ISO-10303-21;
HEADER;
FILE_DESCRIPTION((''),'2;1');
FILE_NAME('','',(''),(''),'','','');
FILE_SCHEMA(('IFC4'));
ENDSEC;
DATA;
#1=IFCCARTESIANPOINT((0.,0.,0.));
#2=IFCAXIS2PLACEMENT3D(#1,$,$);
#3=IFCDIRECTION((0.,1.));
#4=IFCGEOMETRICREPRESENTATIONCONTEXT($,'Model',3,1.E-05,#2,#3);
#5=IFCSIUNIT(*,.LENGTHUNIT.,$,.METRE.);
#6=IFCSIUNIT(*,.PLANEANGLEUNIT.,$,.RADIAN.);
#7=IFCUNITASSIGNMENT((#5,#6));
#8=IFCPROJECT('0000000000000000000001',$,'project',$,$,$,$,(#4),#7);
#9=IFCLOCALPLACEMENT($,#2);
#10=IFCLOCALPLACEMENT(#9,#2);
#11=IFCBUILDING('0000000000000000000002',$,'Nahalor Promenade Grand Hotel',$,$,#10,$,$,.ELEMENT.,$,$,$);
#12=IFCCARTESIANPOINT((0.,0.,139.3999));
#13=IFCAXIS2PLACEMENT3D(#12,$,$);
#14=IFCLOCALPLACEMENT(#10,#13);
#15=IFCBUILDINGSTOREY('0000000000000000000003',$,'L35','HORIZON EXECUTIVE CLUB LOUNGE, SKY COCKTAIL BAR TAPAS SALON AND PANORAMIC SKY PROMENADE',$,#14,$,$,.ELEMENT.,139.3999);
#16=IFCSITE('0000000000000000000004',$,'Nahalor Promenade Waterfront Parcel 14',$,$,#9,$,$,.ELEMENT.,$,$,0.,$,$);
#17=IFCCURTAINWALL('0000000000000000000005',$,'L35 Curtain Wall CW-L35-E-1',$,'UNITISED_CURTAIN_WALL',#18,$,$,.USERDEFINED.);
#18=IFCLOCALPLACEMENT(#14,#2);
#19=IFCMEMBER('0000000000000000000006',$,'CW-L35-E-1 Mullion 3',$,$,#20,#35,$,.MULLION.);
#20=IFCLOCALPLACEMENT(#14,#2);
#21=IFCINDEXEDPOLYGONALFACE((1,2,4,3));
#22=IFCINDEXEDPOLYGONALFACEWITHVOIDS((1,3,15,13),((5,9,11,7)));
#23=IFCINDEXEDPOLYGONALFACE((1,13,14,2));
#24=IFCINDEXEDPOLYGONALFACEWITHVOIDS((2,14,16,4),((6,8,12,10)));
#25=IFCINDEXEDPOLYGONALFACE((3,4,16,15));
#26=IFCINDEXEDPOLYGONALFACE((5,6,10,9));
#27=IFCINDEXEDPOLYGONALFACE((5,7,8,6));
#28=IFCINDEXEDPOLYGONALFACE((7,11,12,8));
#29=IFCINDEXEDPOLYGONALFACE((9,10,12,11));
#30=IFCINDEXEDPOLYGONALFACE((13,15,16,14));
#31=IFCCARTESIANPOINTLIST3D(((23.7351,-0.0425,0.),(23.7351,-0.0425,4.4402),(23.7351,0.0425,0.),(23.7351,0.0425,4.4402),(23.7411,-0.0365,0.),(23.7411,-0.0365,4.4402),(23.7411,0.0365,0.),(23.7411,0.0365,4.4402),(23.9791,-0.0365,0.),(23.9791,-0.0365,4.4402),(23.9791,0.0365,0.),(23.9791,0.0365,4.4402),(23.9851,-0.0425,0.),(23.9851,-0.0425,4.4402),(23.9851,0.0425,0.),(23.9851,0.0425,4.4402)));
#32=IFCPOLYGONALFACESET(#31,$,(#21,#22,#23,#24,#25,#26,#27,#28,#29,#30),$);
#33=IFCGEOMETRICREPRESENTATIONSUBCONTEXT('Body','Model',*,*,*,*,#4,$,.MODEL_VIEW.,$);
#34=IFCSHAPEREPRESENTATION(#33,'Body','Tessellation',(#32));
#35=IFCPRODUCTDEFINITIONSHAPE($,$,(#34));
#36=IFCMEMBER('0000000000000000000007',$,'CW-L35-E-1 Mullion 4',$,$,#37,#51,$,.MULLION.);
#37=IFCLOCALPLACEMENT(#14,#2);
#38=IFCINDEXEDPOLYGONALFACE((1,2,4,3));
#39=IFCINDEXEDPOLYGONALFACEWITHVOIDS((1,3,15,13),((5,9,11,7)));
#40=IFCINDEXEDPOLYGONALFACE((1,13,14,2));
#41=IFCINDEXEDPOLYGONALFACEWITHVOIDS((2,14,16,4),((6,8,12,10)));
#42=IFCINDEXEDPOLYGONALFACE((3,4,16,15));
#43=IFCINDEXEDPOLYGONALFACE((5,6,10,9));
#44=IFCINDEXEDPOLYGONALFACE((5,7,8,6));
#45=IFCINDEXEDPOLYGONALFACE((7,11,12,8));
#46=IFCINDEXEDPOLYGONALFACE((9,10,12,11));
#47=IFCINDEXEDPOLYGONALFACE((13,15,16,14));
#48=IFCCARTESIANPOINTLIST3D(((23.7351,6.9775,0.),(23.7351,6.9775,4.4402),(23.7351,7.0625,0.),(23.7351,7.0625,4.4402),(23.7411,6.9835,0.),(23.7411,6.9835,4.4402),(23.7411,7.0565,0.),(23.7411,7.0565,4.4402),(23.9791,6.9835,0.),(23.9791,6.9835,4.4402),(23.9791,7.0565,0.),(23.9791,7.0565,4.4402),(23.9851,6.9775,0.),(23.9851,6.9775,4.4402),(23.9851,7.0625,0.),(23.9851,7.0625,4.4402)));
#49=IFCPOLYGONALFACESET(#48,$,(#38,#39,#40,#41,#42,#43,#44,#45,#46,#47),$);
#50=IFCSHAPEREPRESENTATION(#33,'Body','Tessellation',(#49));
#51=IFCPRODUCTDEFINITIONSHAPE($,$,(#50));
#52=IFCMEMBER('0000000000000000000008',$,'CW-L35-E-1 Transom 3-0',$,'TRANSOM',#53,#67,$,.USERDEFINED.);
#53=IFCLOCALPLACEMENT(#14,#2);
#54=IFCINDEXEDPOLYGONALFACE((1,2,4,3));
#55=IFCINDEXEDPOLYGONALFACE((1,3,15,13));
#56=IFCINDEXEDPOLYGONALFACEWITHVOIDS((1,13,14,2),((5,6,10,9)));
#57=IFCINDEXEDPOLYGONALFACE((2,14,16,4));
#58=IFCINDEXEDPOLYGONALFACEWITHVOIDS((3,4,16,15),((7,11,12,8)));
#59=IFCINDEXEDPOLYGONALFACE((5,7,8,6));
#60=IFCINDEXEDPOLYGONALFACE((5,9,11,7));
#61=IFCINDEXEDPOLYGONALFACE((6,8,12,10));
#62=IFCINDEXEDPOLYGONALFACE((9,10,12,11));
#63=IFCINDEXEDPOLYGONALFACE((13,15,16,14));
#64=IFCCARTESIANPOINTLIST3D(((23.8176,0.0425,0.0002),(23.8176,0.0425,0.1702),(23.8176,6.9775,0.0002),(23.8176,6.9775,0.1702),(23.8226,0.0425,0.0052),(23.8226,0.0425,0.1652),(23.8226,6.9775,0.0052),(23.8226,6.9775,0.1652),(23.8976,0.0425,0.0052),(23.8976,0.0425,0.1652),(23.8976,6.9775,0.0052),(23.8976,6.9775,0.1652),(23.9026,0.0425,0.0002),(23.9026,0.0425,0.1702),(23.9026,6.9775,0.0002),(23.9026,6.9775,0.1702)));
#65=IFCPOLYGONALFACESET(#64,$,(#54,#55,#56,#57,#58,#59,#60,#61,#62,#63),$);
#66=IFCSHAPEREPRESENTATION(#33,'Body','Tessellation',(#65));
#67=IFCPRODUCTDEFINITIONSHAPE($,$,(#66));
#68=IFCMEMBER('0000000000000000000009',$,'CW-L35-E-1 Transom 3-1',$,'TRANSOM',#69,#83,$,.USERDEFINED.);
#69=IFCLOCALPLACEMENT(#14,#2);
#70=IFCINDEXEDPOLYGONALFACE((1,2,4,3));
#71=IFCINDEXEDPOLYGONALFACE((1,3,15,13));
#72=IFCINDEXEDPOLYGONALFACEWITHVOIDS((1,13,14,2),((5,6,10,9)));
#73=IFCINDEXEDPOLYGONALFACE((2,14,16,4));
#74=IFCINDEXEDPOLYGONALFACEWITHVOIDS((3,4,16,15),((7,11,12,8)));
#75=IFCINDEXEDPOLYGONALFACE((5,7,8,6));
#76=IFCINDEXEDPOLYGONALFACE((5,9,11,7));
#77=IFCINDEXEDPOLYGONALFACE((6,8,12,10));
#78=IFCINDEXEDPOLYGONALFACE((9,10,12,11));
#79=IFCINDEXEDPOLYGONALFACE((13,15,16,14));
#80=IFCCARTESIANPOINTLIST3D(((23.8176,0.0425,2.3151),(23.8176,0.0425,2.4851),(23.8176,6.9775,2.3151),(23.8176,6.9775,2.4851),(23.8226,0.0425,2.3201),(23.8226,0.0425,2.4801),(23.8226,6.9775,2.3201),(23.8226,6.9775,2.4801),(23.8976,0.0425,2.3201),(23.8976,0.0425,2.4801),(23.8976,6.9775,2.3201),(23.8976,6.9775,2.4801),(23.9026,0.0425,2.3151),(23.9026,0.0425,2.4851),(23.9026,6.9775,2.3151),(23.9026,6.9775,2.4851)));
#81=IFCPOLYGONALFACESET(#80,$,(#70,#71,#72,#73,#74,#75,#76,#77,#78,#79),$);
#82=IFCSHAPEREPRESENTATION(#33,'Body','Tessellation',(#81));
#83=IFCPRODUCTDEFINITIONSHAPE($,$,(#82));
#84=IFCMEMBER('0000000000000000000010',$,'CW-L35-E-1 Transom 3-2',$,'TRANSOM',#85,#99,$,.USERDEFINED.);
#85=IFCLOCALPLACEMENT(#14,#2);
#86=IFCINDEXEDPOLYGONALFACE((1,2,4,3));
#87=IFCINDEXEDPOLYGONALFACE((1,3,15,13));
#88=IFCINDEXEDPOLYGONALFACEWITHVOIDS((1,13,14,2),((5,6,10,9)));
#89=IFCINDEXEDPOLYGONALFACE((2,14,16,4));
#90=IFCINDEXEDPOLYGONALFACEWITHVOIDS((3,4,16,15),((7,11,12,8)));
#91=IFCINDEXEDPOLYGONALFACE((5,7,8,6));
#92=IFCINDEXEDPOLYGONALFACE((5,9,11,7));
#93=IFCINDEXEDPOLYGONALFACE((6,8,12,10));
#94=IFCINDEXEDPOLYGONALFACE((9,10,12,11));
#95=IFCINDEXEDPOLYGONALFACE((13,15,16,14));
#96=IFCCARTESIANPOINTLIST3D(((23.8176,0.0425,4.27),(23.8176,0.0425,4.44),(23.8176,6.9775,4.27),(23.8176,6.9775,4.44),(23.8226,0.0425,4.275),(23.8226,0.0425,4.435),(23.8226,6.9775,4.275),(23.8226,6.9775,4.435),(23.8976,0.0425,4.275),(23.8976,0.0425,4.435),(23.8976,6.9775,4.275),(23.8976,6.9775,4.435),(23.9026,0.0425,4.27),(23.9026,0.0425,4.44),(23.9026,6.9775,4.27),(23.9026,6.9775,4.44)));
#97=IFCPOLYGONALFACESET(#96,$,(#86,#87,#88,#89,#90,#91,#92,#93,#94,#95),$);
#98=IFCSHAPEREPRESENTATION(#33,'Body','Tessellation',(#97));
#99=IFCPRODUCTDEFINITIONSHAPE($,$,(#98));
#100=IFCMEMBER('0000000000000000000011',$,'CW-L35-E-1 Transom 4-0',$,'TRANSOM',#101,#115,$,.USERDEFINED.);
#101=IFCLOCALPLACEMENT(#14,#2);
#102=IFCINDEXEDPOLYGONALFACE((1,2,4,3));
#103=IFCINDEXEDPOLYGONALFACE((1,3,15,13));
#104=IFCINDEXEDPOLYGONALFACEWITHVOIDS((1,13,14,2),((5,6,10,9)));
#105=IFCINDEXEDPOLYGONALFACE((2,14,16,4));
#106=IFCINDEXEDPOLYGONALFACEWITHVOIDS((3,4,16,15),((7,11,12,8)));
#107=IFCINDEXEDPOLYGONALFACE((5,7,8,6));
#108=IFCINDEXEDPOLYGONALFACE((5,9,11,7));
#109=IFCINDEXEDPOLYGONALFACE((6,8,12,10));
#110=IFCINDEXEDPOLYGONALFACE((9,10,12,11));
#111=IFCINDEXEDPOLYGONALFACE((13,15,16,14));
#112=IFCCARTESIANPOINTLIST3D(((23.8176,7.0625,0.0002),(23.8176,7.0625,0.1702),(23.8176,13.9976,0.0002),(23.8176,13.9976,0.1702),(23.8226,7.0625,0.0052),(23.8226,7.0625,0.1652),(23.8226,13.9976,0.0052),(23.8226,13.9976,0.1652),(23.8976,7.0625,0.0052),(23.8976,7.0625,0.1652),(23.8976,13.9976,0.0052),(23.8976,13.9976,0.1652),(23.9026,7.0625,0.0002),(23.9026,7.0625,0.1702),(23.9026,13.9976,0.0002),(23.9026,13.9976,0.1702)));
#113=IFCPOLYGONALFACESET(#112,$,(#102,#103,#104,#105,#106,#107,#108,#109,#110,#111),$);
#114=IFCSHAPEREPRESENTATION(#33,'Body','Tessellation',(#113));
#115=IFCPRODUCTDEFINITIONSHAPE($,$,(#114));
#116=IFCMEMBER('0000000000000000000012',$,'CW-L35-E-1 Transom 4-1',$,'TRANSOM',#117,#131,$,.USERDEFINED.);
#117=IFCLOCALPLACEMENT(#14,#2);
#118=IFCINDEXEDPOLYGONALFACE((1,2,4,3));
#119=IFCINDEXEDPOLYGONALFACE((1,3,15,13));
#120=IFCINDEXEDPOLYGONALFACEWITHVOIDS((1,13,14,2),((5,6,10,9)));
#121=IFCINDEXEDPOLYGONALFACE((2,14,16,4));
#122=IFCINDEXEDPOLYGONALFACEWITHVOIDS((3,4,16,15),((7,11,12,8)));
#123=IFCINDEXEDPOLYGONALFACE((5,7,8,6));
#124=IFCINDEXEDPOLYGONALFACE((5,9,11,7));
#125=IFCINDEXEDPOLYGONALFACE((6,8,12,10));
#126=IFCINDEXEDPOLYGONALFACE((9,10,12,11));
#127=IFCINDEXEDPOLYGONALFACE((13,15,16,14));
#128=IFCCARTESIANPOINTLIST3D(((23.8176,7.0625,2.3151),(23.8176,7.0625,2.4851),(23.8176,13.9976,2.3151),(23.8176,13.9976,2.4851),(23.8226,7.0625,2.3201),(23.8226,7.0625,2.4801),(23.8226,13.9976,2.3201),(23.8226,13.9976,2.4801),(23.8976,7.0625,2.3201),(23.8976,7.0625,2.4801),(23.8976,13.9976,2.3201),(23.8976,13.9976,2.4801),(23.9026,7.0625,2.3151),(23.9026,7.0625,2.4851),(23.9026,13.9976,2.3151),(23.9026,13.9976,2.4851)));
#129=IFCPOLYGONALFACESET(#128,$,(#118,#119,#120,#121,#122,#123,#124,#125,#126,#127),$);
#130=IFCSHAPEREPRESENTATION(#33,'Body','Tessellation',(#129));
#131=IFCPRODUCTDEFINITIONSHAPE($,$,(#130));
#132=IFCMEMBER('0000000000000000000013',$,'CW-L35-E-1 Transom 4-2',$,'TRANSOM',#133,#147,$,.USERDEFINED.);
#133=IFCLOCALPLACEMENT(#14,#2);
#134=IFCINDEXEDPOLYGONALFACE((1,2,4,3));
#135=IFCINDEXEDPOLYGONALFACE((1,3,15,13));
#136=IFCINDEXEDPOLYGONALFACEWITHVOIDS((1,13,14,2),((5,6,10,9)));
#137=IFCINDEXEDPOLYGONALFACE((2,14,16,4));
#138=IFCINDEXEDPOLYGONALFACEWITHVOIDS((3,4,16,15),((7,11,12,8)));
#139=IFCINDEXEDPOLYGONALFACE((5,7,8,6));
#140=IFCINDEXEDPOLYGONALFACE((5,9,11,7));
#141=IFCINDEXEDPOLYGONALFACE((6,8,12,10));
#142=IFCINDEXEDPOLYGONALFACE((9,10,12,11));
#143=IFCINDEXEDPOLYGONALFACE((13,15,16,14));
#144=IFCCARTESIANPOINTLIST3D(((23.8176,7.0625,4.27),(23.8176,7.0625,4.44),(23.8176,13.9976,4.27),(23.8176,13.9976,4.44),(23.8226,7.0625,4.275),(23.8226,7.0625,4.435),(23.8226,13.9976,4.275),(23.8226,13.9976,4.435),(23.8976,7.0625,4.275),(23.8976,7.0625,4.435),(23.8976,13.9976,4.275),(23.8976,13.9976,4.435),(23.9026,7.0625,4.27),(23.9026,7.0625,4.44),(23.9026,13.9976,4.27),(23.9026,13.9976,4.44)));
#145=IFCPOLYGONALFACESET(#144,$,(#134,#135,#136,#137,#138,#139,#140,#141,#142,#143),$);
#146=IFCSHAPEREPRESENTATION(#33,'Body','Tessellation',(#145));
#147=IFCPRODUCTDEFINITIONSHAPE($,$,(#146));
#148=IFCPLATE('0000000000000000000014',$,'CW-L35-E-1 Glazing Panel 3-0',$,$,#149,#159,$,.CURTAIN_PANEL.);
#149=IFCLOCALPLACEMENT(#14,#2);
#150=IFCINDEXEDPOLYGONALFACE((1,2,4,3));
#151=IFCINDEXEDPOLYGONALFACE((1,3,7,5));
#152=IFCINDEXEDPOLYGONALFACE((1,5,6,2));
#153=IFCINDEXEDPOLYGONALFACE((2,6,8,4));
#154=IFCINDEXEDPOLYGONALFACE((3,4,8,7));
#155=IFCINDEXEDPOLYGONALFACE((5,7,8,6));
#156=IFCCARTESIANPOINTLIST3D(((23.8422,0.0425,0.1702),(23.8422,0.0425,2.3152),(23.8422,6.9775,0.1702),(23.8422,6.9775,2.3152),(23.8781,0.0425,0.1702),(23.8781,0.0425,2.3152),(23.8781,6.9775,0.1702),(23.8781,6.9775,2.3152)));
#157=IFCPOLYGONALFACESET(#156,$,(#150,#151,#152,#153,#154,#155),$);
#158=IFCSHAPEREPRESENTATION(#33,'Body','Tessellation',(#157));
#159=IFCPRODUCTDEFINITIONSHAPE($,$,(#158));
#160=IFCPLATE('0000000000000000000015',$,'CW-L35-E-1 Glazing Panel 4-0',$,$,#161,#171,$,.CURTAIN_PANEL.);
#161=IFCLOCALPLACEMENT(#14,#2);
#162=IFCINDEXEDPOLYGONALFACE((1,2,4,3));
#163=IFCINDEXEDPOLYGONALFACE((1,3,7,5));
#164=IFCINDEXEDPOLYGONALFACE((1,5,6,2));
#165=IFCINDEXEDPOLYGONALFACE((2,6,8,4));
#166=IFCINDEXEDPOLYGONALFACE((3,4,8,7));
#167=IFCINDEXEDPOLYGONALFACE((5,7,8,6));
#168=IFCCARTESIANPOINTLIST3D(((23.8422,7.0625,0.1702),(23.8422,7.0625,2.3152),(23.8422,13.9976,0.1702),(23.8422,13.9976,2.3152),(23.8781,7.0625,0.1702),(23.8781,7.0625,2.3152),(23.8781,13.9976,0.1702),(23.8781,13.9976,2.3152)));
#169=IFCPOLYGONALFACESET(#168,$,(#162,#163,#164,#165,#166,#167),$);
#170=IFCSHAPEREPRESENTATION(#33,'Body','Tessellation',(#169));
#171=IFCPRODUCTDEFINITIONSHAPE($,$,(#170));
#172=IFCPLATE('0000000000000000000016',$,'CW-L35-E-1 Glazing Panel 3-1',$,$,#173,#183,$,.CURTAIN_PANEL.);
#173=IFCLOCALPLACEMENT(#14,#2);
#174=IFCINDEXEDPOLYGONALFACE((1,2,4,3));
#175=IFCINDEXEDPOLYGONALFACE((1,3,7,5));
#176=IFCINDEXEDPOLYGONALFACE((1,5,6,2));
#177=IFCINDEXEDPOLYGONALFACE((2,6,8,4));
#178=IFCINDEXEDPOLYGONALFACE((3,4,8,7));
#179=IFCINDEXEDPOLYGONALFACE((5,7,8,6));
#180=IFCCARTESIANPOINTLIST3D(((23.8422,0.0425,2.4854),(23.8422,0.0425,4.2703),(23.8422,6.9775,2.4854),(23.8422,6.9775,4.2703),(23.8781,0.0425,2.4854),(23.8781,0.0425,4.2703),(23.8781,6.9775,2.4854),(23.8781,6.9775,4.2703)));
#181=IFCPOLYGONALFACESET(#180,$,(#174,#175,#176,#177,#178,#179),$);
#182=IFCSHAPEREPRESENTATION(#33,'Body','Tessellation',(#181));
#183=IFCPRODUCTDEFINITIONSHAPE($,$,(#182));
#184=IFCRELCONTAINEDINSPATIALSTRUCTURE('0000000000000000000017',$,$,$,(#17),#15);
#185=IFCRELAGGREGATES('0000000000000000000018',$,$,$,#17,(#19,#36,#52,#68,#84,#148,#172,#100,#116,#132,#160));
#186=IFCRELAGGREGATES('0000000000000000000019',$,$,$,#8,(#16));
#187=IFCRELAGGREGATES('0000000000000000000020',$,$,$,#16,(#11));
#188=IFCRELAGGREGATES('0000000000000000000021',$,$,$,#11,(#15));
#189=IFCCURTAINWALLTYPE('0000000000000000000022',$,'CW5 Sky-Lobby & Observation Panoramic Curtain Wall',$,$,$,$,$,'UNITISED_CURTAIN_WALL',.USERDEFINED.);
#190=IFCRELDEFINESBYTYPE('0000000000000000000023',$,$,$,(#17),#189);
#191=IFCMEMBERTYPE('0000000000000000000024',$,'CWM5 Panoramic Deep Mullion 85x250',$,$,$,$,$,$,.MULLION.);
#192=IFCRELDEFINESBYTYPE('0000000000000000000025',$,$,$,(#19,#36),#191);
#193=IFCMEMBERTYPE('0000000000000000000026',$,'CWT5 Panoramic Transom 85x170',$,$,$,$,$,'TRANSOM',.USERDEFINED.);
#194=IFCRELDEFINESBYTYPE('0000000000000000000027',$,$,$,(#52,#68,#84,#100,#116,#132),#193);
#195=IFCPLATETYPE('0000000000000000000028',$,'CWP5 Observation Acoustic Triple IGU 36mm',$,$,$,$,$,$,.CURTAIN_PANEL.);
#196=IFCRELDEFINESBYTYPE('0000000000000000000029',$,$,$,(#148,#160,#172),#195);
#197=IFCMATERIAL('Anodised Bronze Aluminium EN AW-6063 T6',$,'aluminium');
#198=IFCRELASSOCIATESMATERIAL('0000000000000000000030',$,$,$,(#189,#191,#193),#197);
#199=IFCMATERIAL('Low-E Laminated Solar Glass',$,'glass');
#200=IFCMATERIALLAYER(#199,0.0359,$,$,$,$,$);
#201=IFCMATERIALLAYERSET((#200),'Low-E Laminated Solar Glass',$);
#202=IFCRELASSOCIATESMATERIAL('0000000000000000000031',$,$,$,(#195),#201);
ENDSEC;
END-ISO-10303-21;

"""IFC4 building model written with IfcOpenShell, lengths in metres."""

from ifc_helpers import new_model, si_unit, direction, frame, origin, origin_2d, place, context, subcontext, project, spatial, rectangle, hollow_rectangle, extrude, source, transform, mapped, material, layer, layer_set, material_profile, profile_set, type_object, element, aggregate, save


model = new_model("IFC4")

# Units and contexts
model_context = context("Model", 3, precision=1e-05, world=origin(), true_north=direction((0.0, 1.0)))
body_context = subcontext(model_context, "Body", "Model", "MODEL_VIEW")
ifc_project = project(units=[si_unit("LENGTHUNIT", "METRE"), si_unit("PLANEANGLEUNIT", "RADIAN")], contexts=[model_context])

# Site, building, storey
site_placement = place(None, origin())
site = spatial("IfcSite", under=ifc_project, at=site_placement, Name="Nahalor Promenade Waterfront Parcel 14", CompositionType="ELEMENT", RefElevation=0.0)
building_placement = place(site_placement, origin())
building = spatial("IfcBuilding", under=site, at=building_placement, Name="Nahalor Promenade Grand Hotel", CompositionType="ELEMENT")
storey_placement = place(building_placement, frame((0.0, 0.0, 139.3999)))
storey = spatial("IfcBuildingStorey", under=building, at=storey_placement, Name="L35", Description="HORIZON EXECUTIVE CLUB LOUNGE, SKY COCKTAIL BAR TAPAS SALON AND PANORAMIC SKY PROMENADE", CompositionType="ELEMENT", Elevation=139.3999)

# Curtain wall, members, plates
ifc_material_1 = material(Name="Anodised Bronze Aluminium EN AW-6063 T6", Category="aluminium")
curtain_wall_type = type_object("IfcCurtainWallType", Name="CW5 Sky-Lobby & Observation Panoramic Curtain Wall", ElementType="UNITISED_CURTAIN_WALL", PredefinedType="USERDEFINED", material=ifc_material_1)
curtain_wall_placement = place(storey_placement, origin())
curtain_wall = element("IfcCurtainWall", 1, at=curtain_wall_placement, inside=storey, type_object=curtain_wall_type, Name="L35 Curtain Wall CW-L35-E-1", ObjectType="UNITISED_CURTAIN_WALL", PredefinedType="USERDEFINED")
ifc_material_profile_1 = material_profile(ifc_material_1, hollow_rectangle(XDim=0.085, YDim=0.25, WallThickness=0.006, at=origin_2d()), Name="CWM 85x250x6")
ifc_profile_set_1 = profile_set([ifc_material_profile_1], Name="Anodised Bronze Aluminium EN AW-6063 T6")
member_type_1 = type_object("IfcMemberType", Name="CWM5 Panoramic Deep Mullion 85x250", PredefinedType="MULLION", material=ifc_profile_set_1)
shared_shape_1 = source(origin(), body_context, "Body", "SweptSolid", [
    extrude(hollow_rectangle(XDim=0.085, YDim=0.25, WallThickness=0.006, at=origin_2d()), origin(), (0.0, 0.0, 1.0), 4.4402),
])
member_1_placement = place(storey_placement, frame((23.8601, 0.0, 0.0), z_axis=(0.0, 0.0, 1.0), x_axis=(0.0, 1.0, 0.0)))
member_1 = element("IfcMember", 2, at=member_1_placement, type_object=member_type_1, Name="CW-L35-E-1 Mullion 3", PredefinedType="MULLION", context=body_context, shape_type="MappedRepresentation", body=[
    mapped(shared_shape_1, transform((0.0, 0.0, 0.0), scale=1.0)),
])
member_2_placement = place(storey_placement, frame((23.8601, 7.02, 0.0), z_axis=(0.0, 0.0, 1.0), x_axis=(0.0, 1.0, 0.0)))
member_2 = element("IfcMember", 3, at=member_2_placement, type_object=member_type_1, Name="CW-L35-E-1 Mullion 4", PredefinedType="MULLION", context=body_context, shape_type="MappedRepresentation", body=[
    mapped(shared_shape_1, transform((0.0, 0.0, 0.0), scale=1.0)),
])
ifc_material_profile_2 = material_profile(ifc_material_1, hollow_rectangle(XDim=0.085, YDim=0.17, WallThickness=0.005, at=origin_2d()), Name="CWT 85x170x5")
ifc_profile_set_2 = profile_set([ifc_material_profile_2], Name="Anodised Bronze Aluminium EN AW-6063 T6")
member_type_2 = type_object("IfcMemberType", Name="CWT5 Panoramic Transom 85x170", ElementType="TRANSOM", PredefinedType="USERDEFINED", material=ifc_profile_set_2)
shared_shape_2 = source(origin(), body_context, "Body", "SweptSolid", [
    extrude(hollow_rectangle(XDim=0.085, YDim=0.17, WallThickness=0.005, at=origin_2d()), origin(), (0.0, 0.0, 1.0), 6.9351),
])
member_3_placement = place(storey_placement, frame((23.8601, 0.0425, 0.0852), z_axis=(0.0, 1.0, 0.0), x_axis=(-1.0, 0.0, 0.0)))
member_3 = element("IfcMember", 4, at=member_3_placement, type_object=member_type_2, Name="CW-L35-E-1 Transom 3-0", ObjectType="TRANSOM", PredefinedType="USERDEFINED", context=body_context, shape_type="MappedRepresentation", body=[
    mapped(shared_shape_2, transform((0.0, 0.0, 0.0), scale=1.0)),
])
member_4_placement = place(storey_placement, frame((23.8601, 0.0425, 2.4001), z_axis=(0.0, 1.0, 0.0), x_axis=(-1.0, 0.0, 0.0)))
member_4 = element("IfcMember", 5, at=member_4_placement, type_object=member_type_2, Name="CW-L35-E-1 Transom 3-1", ObjectType="TRANSOM", PredefinedType="USERDEFINED", context=body_context, shape_type="MappedRepresentation", body=[
    mapped(shared_shape_2, transform((0.0, 0.0, 0.0), scale=1.0)),
])
member_5_placement = place(storey_placement, frame((23.8601, 0.0425, 4.355), z_axis=(0.0, 1.0, 0.0), x_axis=(-1.0, 0.0, 0.0)))
member_5 = element("IfcMember", 6, at=member_5_placement, type_object=member_type_2, Name="CW-L35-E-1 Transom 3-2", ObjectType="TRANSOM", PredefinedType="USERDEFINED", context=body_context, shape_type="MappedRepresentation", body=[
    mapped(shared_shape_2, transform((0.0, 0.0, 0.0), scale=1.0)),
])
member_6_placement = place(storey_placement, frame((23.8601, 7.0625, 0.0852), z_axis=(0.0, 1.0, 0.0), x_axis=(-1.0, 0.0, 0.0)))
member_6 = element("IfcMember", 7, at=member_6_placement, type_object=member_type_2, Name="CW-L35-E-1 Transom 4-0", ObjectType="TRANSOM", PredefinedType="USERDEFINED", context=body_context, shape_type="MappedRepresentation", body=[
    mapped(shared_shape_2, transform((0.0, 0.0, 0.0), scale=1.0)),
])
member_7_placement = place(storey_placement, frame((23.8601, 7.0625, 2.4001), z_axis=(0.0, 1.0, 0.0), x_axis=(-1.0, 0.0, 0.0)))
member_7 = element("IfcMember", 8, at=member_7_placement, type_object=member_type_2, Name="CW-L35-E-1 Transom 4-1", ObjectType="TRANSOM", PredefinedType="USERDEFINED", context=body_context, shape_type="MappedRepresentation", body=[
    mapped(shared_shape_2, transform((0.0, 0.0, 0.0), scale=1.0)),
])
member_8_placement = place(storey_placement, frame((23.8601, 7.0625, 4.355), z_axis=(0.0, 1.0, 0.0), x_axis=(-1.0, 0.0, 0.0)))
member_8 = element("IfcMember", 9, at=member_8_placement, type_object=member_type_2, Name="CW-L35-E-1 Transom 4-2", ObjectType="TRANSOM", PredefinedType="USERDEFINED", context=body_context, shape_type="MappedRepresentation", body=[
    mapped(shared_shape_2, transform((0.0, 0.0, 0.0), scale=1.0)),
])
ifc_material_2 = material(Name="Low-E Laminated Solar Glass", Category="glass")
ifc_layer_1 = layer(ifc_material_2, 0.0359)
ifc_layer_set_1 = layer_set([ifc_layer_1], Name="Low-E Laminated Solar Glass")
plate_type = type_object("IfcPlateType", Name="CWP5 Observation Acoustic Triple IGU 36mm", PredefinedType="CURTAIN_PANEL", material=ifc_layer_set_1)
shared_shape_3 = source(origin(), body_context, "Body", "SweptSolid", [
    extrude(rectangle(XDim=6.9351, YDim=0.0359, at=origin_2d()), origin(), (0.0, 0.0, 1.0), 2.145),
])
plate_1_placement = place(storey_placement, frame((23.8601, 3.51, 0.1702), z_axis=(0.0, 0.0, 1.0), x_axis=(0.0, 1.0, 0.0)))
plate_1 = element("IfcPlate", 10, at=plate_1_placement, type_object=plate_type, Name="CW-L35-E-1 Glazing Panel 3-0", PredefinedType="CURTAIN_PANEL", context=body_context, shape_type="MappedRepresentation", body=[
    mapped(shared_shape_3, transform((0.0, 0.0, 0.0), scale=1.0)),
])
plate_2_placement = place(storey_placement, frame((23.8601, 10.53, 0.1702), z_axis=(0.0, 0.0, 1.0), x_axis=(0.0, 1.0, 0.0)))
plate_2 = element("IfcPlate", 11, at=plate_2_placement, type_object=plate_type, Name="CW-L35-E-1 Glazing Panel 4-0", PredefinedType="CURTAIN_PANEL", context=body_context, shape_type="MappedRepresentation", body=[
    mapped(shared_shape_3, transform((0.0, 0.0, 0.0), scale=1.0)),
])
shared_shape_4 = source(origin(), body_context, "Body", "SweptSolid", [
    extrude(rectangle(XDim=6.9351, YDim=0.0359, at=origin_2d()), origin(), (0.0, 0.0, 1.0), 1.7849),
])
plate_3_placement = place(storey_placement, frame((23.8601, 3.51, 2.4854), z_axis=(0.0, 0.0, 1.0), x_axis=(0.0, 1.0, 0.0)))
plate_3 = element("IfcPlate", 12, at=plate_3_placement, type_object=plate_type, Name="CW-L35-E-1 Glazing Panel 3-1", PredefinedType="CURTAIN_PANEL", context=body_context, shape_type="MappedRepresentation", body=[
    mapped(shared_shape_4, transform((0.0, 0.0, 0.0), scale=1.0)),
])
aggregate(curtain_wall, [member_1, member_2, member_3, member_4, member_5, plate_1, plate_3, member_6, member_7, member_8, plate_2])

save(model, "model.ifc")
